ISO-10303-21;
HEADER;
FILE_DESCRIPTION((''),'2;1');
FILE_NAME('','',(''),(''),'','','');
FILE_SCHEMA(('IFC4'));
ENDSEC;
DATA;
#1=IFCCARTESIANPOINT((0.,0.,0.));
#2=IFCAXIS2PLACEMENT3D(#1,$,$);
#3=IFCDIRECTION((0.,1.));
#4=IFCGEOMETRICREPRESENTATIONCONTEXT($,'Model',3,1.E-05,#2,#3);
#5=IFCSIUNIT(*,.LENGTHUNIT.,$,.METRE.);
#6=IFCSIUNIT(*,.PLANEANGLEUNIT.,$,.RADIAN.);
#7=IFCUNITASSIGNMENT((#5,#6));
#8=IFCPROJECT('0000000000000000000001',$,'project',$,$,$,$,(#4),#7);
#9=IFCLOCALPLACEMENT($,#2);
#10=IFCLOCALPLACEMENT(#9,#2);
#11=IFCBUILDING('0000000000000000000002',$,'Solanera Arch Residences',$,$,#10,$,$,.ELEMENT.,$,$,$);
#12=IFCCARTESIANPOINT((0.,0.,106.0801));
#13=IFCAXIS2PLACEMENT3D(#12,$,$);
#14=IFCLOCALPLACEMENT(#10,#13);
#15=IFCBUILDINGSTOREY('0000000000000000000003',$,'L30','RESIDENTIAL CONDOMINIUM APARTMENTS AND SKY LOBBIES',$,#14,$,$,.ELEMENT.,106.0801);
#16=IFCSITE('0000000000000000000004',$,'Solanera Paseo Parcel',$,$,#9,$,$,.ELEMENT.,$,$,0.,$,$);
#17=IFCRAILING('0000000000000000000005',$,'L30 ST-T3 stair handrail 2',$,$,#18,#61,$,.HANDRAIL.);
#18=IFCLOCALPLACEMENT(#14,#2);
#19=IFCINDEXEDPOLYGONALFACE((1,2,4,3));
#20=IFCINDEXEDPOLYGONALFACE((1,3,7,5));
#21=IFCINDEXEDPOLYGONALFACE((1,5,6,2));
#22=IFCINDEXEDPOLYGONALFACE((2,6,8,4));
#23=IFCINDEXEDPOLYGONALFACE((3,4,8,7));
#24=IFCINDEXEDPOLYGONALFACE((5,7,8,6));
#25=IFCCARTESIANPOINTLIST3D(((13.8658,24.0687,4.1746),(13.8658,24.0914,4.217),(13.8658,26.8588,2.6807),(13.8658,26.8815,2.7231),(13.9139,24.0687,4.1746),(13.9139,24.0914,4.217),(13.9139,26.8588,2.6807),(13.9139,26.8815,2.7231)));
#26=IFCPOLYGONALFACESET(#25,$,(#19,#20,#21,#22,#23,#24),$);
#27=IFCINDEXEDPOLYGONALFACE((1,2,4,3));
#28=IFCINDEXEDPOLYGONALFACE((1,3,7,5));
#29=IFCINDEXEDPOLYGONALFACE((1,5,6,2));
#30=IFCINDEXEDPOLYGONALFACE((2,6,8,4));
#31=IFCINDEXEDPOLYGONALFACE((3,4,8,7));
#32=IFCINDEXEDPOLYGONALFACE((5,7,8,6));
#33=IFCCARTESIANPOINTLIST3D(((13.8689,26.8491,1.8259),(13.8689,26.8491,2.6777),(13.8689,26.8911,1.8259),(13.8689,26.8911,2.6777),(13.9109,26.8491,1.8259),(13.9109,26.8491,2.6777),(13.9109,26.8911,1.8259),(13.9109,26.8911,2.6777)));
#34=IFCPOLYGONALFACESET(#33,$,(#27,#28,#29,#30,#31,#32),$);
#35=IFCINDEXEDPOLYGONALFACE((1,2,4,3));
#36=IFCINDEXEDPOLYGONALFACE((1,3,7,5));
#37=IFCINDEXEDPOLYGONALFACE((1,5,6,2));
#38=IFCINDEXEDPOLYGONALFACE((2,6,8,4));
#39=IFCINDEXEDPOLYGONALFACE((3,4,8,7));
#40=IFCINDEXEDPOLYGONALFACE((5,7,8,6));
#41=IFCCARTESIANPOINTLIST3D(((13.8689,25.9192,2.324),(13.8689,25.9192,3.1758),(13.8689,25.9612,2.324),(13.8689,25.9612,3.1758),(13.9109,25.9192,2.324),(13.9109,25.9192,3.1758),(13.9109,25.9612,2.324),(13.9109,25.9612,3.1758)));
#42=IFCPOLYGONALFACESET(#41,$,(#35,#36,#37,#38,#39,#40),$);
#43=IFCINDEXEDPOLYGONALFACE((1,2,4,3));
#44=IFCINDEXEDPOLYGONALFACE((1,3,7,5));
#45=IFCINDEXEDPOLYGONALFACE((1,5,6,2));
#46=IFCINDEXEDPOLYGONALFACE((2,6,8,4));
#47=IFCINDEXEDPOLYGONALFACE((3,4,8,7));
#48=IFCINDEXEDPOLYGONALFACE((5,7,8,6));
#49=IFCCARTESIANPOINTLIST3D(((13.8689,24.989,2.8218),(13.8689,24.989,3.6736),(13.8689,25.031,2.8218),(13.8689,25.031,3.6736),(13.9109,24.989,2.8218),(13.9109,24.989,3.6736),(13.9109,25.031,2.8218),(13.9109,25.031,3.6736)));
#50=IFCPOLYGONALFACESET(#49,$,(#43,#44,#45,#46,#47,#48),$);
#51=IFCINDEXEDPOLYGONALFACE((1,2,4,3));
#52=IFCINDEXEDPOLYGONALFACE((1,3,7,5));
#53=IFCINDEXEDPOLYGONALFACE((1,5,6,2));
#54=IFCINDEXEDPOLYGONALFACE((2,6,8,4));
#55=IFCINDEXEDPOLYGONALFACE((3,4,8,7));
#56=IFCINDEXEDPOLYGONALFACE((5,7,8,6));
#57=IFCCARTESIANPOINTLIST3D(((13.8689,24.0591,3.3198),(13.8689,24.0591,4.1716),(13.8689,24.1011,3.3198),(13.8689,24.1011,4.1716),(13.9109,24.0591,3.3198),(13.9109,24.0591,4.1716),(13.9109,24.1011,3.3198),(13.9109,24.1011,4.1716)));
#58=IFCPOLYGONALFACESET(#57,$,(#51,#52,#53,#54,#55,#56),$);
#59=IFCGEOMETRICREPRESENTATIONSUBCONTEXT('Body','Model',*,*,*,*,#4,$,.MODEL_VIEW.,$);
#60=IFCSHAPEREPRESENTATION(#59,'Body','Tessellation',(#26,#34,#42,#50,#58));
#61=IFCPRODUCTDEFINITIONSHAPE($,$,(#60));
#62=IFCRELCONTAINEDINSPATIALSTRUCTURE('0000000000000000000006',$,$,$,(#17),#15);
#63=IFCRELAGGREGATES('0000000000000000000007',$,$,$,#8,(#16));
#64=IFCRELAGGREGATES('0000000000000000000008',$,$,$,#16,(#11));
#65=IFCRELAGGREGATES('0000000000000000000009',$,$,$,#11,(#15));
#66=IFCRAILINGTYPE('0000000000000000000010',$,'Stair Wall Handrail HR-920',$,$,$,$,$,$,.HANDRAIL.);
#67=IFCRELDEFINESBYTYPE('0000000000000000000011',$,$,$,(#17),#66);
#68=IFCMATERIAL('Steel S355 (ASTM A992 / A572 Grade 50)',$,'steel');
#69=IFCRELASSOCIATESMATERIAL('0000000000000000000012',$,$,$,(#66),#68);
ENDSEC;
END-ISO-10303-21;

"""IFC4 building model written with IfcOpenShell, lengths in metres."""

from ifc_helpers import new_model, si_unit, direction, frame, origin, origin_2d, place, context, subcontext, project, spatial, rectangle, extrude, material, type_object, element, save


model = new_model("IFC4")

# Units and contexts
model_context = context("Model", 3, precision=1e-05, world=origin(), true_north=direction((0.0, 1.0)))
body_context = subcontext(model_context, "Body", "Model", "MODEL_VIEW")
ifc_project = project(units=[si_unit("LENGTHUNIT", "METRE"), si_unit("PLANEANGLEUNIT", "RADIAN")], contexts=[model_context])

# Site, building, storey
site_placement = place(None, origin())
site = spatial("IfcSite", under=ifc_project, at=site_placement, Name="Solanera Paseo Parcel", CompositionType="ELEMENT", RefElevation=0.0)
building_placement = place(site_placement, origin())
building = spatial("IfcBuilding", under=site, at=building_placement, Name="Solanera Arch Residences", CompositionType="ELEMENT")
storey_placement = place(building_placement, frame((0.0, 0.0, 106.0801)))
storey = spatial("IfcBuildingStorey", under=building, at=storey_placement, Name="L30", Description="RESIDENTIAL CONDOMINIUM APARTMENTS AND SKY LOBBIES", CompositionType="ELEMENT", Elevation=106.0801)

# Railing
ifc_material_1 = material(Name="Steel S355 (ASTM A992 / A572 Grade 50)", Category="steel")
railing_type_1 = type_object("IfcRailingType", Name="Stair Wall Handrail HR-920", PredefinedType="HANDRAIL", material=ifc_material_1)
railing_1_placement = place(storey_placement, frame((13.8899, 26.8701, 1.8259)))
element("IfcRailing", 1, at=railing_1_placement, inside=storey, type_object=railing_type_1, Name="L30 ST-T3 stair handrail 2", PredefinedType="HANDRAIL", context=body_context, shape_type="SweptSolid", body=[
    extrude(rectangle(XDim=0.0481, YDim=0.0481, at=origin_2d()), frame((0.0, 0.0, 0.876), z_axis=(0.0, -0.881581, 0.472033), x_axis=(1.0, 0.0, 0.0)), (0.0, 0.0, 1.0), 3.1648),
    extrude(rectangle(XDim=0.042, YDim=0.042, at=origin_2d()), origin(), (0.0, 0.0, 1.0), 0.8518),
    extrude(rectangle(XDim=0.042, YDim=0.042, at=origin_2d()), frame((0.0, -0.9299, 0.498)), (0.0, 0.0, 1.0), 0.8518),
    extrude(rectangle(XDim=0.042, YDim=0.042, at=origin_2d()), frame((0.0, -1.8601, 0.9958)), (0.0, 0.0, 1.0), 0.8518),
    extrude(rectangle(XDim=0.042, YDim=0.042, at=origin_2d()), frame((0.0, -2.79, 1.4939)), (0.0, 0.0, 1.0), 0.8518),
])

save(model, "model.ifc")
